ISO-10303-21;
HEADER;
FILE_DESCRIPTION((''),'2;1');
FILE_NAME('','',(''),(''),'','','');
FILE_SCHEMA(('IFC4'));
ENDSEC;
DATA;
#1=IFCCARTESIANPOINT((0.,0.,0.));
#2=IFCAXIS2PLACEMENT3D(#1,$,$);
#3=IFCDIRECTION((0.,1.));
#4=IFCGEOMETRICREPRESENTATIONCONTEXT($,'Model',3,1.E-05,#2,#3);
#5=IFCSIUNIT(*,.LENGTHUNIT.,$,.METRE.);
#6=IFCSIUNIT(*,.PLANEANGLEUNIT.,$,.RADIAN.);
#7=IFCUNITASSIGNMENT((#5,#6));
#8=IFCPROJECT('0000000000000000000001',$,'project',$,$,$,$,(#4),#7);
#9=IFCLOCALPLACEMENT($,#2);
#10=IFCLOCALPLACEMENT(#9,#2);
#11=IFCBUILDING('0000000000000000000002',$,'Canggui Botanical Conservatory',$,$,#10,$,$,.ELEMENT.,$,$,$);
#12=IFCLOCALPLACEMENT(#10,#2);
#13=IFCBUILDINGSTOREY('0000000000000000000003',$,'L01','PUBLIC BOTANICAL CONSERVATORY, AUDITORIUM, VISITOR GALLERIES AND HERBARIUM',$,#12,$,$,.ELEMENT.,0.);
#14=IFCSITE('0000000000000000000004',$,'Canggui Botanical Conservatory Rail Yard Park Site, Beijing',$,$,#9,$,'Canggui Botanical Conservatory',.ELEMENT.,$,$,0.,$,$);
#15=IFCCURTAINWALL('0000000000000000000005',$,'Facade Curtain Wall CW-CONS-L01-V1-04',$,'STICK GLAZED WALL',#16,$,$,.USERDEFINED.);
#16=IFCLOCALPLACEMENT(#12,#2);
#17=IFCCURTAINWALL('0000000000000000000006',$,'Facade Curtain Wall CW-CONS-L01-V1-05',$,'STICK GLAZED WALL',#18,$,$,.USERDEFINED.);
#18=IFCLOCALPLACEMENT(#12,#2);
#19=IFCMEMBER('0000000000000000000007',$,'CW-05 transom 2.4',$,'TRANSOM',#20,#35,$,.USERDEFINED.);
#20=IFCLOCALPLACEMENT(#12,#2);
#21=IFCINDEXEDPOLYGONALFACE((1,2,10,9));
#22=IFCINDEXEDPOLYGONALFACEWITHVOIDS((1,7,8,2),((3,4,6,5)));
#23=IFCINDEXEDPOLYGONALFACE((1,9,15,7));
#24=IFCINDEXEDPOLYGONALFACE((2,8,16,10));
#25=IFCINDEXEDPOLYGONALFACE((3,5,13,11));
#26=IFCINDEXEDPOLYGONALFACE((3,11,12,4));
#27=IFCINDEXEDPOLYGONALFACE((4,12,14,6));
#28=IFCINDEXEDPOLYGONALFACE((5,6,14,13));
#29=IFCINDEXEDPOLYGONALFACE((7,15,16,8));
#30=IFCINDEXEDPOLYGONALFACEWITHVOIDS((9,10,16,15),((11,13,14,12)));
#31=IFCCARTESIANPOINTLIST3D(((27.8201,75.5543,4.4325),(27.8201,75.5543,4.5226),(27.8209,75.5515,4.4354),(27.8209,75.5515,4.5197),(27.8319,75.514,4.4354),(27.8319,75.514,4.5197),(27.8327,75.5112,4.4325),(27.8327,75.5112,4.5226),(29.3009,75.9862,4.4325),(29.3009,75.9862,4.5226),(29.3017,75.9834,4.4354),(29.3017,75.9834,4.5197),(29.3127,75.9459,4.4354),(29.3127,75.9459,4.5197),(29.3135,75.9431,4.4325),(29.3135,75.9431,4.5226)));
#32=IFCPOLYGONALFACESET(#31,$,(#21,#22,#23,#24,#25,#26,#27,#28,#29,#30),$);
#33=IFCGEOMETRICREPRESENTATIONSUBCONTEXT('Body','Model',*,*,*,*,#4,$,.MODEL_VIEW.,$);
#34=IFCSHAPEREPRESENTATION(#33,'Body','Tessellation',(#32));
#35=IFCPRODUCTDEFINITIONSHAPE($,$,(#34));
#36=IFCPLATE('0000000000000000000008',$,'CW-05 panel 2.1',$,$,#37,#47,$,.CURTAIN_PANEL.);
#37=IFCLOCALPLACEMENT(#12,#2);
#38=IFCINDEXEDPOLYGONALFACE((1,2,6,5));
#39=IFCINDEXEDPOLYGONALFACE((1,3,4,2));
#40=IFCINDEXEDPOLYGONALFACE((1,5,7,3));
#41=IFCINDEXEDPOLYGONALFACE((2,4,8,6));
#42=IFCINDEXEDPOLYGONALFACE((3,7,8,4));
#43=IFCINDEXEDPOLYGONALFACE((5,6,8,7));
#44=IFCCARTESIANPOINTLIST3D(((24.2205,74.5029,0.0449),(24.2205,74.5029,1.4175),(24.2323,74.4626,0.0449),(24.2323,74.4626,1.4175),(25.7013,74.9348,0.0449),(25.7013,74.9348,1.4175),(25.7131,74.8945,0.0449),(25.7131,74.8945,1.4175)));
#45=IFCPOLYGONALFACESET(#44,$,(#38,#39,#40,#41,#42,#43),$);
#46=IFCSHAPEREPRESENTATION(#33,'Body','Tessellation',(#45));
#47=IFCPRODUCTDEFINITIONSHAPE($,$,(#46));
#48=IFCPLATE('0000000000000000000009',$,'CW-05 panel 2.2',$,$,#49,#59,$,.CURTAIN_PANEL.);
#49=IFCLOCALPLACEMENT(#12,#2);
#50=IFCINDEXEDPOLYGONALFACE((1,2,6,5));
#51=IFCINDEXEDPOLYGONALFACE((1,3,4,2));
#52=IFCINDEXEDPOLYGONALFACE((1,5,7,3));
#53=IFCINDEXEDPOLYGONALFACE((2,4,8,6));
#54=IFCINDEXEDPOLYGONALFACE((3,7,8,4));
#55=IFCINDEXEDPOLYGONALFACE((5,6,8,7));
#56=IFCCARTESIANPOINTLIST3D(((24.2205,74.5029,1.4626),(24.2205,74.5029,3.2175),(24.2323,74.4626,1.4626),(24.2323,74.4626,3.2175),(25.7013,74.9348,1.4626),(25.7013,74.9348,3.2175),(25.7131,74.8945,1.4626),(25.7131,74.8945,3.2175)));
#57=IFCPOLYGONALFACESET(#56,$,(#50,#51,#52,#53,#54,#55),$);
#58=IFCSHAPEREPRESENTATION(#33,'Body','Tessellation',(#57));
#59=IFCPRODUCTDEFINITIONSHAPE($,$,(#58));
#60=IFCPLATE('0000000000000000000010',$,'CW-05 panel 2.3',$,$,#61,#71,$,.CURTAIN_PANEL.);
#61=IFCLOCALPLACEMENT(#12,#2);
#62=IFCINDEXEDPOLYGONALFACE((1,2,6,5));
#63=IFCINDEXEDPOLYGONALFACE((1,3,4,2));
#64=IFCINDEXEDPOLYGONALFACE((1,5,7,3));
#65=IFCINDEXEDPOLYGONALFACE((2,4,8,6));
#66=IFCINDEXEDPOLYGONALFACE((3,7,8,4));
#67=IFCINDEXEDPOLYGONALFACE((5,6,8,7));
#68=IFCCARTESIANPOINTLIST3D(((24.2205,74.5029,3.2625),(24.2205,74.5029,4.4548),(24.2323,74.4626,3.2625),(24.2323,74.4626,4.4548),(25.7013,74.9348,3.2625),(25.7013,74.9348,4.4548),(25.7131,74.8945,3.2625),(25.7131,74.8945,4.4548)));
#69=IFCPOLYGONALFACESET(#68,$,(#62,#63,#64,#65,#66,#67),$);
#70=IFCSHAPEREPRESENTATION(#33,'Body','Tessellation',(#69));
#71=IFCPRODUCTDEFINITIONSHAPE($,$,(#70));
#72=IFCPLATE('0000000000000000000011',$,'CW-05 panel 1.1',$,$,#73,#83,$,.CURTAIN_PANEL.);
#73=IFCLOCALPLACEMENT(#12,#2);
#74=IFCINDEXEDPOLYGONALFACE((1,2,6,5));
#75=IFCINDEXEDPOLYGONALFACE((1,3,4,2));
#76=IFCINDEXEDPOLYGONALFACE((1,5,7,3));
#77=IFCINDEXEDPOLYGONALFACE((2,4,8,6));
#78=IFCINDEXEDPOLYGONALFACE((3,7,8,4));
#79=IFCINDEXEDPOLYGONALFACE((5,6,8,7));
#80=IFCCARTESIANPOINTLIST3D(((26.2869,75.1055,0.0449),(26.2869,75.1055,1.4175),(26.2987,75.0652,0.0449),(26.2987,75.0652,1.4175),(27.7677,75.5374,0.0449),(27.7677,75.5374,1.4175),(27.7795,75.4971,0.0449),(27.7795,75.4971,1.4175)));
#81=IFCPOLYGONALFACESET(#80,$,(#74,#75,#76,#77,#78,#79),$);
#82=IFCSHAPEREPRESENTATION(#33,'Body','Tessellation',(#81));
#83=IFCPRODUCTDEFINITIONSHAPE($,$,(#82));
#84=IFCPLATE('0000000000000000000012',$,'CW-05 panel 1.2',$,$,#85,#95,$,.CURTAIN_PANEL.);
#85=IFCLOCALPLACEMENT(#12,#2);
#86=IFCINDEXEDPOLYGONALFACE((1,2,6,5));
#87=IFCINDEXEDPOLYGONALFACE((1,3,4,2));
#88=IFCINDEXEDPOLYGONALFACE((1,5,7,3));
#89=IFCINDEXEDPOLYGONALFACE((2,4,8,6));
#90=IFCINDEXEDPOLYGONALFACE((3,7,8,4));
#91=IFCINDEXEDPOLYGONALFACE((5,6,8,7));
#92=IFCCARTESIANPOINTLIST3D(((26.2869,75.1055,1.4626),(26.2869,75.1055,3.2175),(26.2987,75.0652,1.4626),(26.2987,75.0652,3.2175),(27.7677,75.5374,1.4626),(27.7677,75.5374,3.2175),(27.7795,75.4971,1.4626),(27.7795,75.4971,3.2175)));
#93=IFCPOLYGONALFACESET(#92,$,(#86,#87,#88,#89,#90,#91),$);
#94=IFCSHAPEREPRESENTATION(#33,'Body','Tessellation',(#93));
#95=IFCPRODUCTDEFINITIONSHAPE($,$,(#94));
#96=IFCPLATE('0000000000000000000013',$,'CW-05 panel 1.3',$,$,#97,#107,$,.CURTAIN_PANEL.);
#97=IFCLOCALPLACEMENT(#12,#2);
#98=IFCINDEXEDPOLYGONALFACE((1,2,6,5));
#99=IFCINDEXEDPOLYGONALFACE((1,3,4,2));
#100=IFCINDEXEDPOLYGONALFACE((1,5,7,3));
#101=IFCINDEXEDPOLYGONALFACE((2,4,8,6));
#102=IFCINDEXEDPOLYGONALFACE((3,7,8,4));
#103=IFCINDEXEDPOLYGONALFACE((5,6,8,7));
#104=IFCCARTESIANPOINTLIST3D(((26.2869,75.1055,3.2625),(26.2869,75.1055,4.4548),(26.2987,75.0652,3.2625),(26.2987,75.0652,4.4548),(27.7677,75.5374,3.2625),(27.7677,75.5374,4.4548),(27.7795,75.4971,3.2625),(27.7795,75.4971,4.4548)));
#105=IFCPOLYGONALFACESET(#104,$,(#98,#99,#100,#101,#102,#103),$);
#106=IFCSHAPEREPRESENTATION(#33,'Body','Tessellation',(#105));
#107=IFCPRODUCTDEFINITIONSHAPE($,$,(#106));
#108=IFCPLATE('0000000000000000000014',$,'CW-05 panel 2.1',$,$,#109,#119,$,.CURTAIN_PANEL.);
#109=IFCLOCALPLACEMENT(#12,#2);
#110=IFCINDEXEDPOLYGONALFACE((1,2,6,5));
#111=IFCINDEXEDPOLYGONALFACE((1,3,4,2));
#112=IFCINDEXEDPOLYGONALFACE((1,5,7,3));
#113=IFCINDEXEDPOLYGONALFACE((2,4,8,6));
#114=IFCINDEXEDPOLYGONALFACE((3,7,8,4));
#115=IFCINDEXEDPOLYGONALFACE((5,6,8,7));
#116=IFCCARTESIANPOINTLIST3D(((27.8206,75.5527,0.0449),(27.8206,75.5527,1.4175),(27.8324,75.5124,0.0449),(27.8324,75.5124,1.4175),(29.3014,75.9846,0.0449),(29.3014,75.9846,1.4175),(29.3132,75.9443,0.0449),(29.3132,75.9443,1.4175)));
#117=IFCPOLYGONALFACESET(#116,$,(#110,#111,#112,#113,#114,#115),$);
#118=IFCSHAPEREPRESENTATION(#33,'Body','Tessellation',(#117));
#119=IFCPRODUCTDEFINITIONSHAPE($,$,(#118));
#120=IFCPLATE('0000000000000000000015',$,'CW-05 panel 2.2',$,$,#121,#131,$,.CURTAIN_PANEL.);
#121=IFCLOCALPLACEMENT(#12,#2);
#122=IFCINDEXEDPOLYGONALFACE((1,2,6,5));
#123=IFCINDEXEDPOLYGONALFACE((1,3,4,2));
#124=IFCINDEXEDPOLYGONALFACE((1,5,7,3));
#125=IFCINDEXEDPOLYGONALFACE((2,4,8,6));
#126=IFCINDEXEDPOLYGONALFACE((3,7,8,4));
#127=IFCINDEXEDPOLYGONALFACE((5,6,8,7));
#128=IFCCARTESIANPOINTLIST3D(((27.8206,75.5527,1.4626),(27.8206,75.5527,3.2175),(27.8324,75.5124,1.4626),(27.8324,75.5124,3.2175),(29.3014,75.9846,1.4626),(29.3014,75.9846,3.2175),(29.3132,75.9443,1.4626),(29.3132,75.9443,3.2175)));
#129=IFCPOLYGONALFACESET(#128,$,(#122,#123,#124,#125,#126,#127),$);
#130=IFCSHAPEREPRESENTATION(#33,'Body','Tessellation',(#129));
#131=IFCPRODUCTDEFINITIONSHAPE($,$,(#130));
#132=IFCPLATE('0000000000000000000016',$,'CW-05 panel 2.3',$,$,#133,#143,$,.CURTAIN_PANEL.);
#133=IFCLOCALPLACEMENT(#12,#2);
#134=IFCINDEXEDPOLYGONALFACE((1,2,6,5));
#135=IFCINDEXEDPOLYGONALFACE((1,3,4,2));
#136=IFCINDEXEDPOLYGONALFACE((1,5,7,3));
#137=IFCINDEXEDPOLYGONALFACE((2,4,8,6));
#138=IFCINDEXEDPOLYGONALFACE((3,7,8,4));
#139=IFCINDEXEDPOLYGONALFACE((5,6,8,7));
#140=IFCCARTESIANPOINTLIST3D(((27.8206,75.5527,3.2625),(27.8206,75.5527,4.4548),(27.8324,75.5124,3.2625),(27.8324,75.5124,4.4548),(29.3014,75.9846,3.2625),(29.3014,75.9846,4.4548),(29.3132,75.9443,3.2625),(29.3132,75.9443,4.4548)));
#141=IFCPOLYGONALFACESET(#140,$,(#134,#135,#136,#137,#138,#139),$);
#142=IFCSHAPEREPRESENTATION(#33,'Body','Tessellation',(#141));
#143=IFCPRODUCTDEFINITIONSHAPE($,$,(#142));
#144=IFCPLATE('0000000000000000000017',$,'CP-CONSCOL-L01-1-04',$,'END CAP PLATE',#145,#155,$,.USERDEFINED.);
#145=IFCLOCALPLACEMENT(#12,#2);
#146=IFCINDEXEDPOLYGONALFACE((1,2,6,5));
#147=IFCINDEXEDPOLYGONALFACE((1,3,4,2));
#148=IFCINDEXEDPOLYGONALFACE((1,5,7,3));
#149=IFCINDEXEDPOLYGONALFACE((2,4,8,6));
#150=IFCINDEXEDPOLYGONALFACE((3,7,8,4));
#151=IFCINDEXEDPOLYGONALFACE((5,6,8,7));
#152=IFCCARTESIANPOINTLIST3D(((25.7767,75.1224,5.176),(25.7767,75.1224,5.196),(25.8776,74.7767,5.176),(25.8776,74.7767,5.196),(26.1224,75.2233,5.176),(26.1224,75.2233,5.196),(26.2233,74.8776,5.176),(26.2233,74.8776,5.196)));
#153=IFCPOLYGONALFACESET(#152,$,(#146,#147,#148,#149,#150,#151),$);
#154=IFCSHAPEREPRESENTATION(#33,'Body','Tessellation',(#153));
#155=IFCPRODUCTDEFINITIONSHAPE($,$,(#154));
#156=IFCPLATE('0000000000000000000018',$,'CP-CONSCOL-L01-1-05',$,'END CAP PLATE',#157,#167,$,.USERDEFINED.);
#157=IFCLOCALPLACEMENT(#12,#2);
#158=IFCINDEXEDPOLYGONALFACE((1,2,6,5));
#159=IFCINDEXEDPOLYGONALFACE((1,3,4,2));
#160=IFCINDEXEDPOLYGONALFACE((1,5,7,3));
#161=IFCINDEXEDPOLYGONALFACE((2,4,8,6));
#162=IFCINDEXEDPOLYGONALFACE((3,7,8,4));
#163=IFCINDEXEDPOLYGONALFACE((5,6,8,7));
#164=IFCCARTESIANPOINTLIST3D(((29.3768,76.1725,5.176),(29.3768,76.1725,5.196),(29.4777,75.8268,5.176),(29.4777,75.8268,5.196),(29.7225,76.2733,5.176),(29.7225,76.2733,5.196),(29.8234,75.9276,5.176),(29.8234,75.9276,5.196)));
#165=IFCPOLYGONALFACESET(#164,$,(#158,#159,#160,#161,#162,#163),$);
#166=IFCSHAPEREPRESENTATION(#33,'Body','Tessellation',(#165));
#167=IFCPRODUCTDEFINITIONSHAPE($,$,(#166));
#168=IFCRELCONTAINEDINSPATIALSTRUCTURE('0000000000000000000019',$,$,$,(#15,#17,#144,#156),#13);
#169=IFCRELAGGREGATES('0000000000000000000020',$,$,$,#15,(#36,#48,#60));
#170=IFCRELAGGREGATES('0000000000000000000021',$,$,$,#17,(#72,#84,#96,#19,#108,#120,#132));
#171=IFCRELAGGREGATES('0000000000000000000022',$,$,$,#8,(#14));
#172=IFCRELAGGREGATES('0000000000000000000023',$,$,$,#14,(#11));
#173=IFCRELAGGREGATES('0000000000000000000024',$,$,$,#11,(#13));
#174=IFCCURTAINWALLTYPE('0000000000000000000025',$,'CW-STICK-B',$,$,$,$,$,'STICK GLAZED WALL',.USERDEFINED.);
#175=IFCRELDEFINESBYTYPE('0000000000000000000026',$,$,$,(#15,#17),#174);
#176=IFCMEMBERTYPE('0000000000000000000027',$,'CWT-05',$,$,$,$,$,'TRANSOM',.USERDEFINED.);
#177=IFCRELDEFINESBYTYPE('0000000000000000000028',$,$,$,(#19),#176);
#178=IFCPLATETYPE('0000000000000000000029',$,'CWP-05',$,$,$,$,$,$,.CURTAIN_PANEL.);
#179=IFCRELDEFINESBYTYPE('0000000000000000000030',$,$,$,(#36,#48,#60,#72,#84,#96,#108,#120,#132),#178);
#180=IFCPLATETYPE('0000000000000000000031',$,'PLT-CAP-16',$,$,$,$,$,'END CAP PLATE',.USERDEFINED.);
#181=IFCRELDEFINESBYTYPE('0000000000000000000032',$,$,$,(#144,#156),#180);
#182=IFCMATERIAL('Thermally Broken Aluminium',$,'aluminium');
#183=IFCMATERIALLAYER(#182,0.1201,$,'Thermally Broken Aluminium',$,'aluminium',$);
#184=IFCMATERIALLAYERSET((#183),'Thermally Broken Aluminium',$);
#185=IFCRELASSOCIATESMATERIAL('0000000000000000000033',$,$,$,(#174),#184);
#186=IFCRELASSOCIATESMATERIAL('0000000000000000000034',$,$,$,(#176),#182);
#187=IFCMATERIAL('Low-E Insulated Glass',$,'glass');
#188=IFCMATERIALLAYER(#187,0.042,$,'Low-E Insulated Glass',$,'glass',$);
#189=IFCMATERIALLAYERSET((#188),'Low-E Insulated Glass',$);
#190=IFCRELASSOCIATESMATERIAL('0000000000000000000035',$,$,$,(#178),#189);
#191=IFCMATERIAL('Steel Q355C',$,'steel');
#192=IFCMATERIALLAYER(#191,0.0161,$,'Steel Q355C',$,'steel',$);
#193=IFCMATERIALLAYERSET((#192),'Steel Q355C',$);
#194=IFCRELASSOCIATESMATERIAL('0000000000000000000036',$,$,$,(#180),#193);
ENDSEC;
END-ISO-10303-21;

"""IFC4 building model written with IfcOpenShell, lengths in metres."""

from ifc_helpers import new_model, si_unit, direction, frame, origin, origin_2d, place, context, subcontext, project, spatial, rectangle, hollow_rectangle, extrude, material, layer, layer_set, material_profile, profile_set, type_object, element, aggregate, save


model = new_model("IFC4")

# Units and contexts
model_context = context("Model", 3, precision=1e-05, world=origin(), true_north=direction((0.0, 1.0)))
body_context = subcontext(model_context, "Body", "Model", "MODEL_VIEW")
ifc_project = project(units=[si_unit("LENGTHUNIT", "METRE"), si_unit("PLANEANGLEUNIT", "RADIAN")], contexts=[model_context])

# Site, building, storey
site_placement = place(None, origin())
site = spatial("IfcSite", under=ifc_project, at=site_placement, Name="Canggui Botanical Conservatory Rail Yard Park Site, Beijing", LongName="Canggui Botanical Conservatory", CompositionType="ELEMENT", RefElevation=0.0)
building_placement = place(site_placement, origin())
building = spatial("IfcBuilding", under=site, at=building_placement, Name="Canggui Botanical Conservatory", CompositionType="ELEMENT")
storey_placement = place(building_placement, origin())
storey = spatial("IfcBuildingStorey", under=building, at=storey_placement, Name="L01", Description="PUBLIC BOTANICAL CONSERVATORY, AUDITORIUM, VISITOR GALLERIES AND HERBARIUM", CompositionType="ELEMENT", Elevation=0.0)

# Shared definitions
ifc_material_1 = material(Name="Steel Q355C", Category="steel")

# Curtain walls
ifc_material_2 = material(Name="Thermally Broken Aluminium", Category="aluminium")
ifc_layer_1 = layer(ifc_material_2, 0.1201, Name="Thermally Broken Aluminium", Category="aluminium")
ifc_layer_set_1 = layer_set([ifc_layer_1], Name="Thermally Broken Aluminium")
curtain_wall_type = type_object("IfcCurtainWallType", Name="CW-STICK-B", ElementType="STICK GLAZED WALL", PredefinedType="USERDEFINED", material=ifc_layer_set_1)
curtain_wall_1_placement = place(storey_placement, origin())
curtain_wall_1 = element("IfcCurtainWall", 1, at=curtain_wall_1_placement, inside=storey, type_object=curtain_wall_type, Name="Facade Curtain Wall CW-CONS-L01-V1-04", ObjectType="STICK GLAZED WALL", PredefinedType="USERDEFINED")
curtain_wall_2_placement = place(storey_placement, origin())
curtain_wall_2 = element("IfcCurtainWall", 2, at=curtain_wall_2_placement, inside=storey, type_object=curtain_wall_type, Name="Facade Curtain Wall CW-CONS-L01-V1-05", ObjectType="STICK GLAZED WALL", PredefinedType="USERDEFINED")

# Member
ifc_material_profile_1 = material_profile(ifc_material_2, hollow_rectangle(XDim=0.0449, YDim=0.0901, WallThickness=0.0029, at=origin_2d()), Name="CWT 45x90x3")
ifc_profile_set_1 = profile_set([ifc_material_profile_1], Name="Thermally Broken Aluminium")
member_type_1 = type_object("IfcMemberType", Name="CWT-05", ElementType="TRANSOM", PredefinedType="USERDEFINED", material=ifc_profile_set_1)
member_1_placement = place(storey_placement, frame((27.8264, 75.5327, 4.4775), z_axis=(0.959998, 0.280006, 0.0), x_axis=(-0.280006, 0.959998, 0.0)))
member_1 = element("IfcMember", 3, at=member_1_placement, type_object=member_type_1, Name="CW-05 transom 2.4", ObjectType="TRANSOM", PredefinedType="USERDEFINED", context=body_context, shape_type="SweptSolid", body=[
    extrude(hollow_rectangle(XDim=0.0449, YDim=0.0901, WallThickness=0.0029, at=origin_2d()), origin(), (0.0, 0.0, 1.0), 1.5425),
])

# Plates
ifc_material_3 = material(Name="Low-E Insulated Glass", Category="glass")
ifc_layer_2 = layer(ifc_material_3, 0.042, Name="Low-E Insulated Glass", Category="glass")
ifc_layer_set_2 = layer_set([ifc_layer_2], Name="Low-E Insulated Glass")
plate_type_1 = type_object("IfcPlateType", Name="CWP-05", PredefinedType="CURTAIN_PANEL", material=ifc_layer_set_2)
plate_1_placement = place(storey_placement, frame((24.9668, 74.6987, 0.0449), z_axis=(0.0, 0.0, 1.0), x_axis=(0.96, 0.28, 0.0)))
plate_1 = element("IfcPlate", 4, at=plate_1_placement, type_object=plate_type_1, Name="CW-05 panel 2.1", PredefinedType="CURTAIN_PANEL", context=body_context, shape_type="SweptSolid", body=[
    extrude(rectangle(XDim=1.5425, YDim=0.042, at=origin_2d()), origin(), (0.0, 0.0, 1.0), 1.3726),
])
plate_2_placement = place(storey_placement, frame((24.9668, 74.6987, 1.4626), z_axis=(0.0, 0.0, 1.0), x_axis=(0.96, 0.28, 0.0)))
plate_2 = element("IfcPlate", 5, at=plate_2_placement, type_object=plate_type_1, Name="CW-05 panel 2.2", PredefinedType="CURTAIN_PANEL", context=body_context, shape_type="SweptSolid", body=[
    extrude(rectangle(XDim=1.5425, YDim=0.042, at=origin_2d()), origin(), (0.0, 0.0, 1.0), 1.7549),
])
plate_3_placement = place(storey_placement, frame((24.9668, 74.6987, 3.2625), z_axis=(0.0, 0.0, 1.0), x_axis=(0.96, 0.28, 0.0)))
plate_3 = element("IfcPlate", 6, at=plate_3_placement, type_object=plate_type_1, Name="CW-05 panel 2.3", PredefinedType="CURTAIN_PANEL", context=body_context, shape_type="SweptSolid", body=[
    extrude(rectangle(XDim=1.5425, YDim=0.042, at=origin_2d()), origin(), (0.0, 0.0, 1.0), 1.1924),
])
aggregate(curtain_wall_1, [plate_1, plate_2, plate_3])
plate_4_placement = place(storey_placement, frame((27.0332, 75.3013, 0.0449), z_axis=(0.0, 0.0, 1.0), x_axis=(0.96, 0.28, 0.0)))
plate_4 = element("IfcPlate", 7, at=plate_4_placement, type_object=plate_type_1, Name="CW-05 panel 1.1", PredefinedType="CURTAIN_PANEL", context=body_context, shape_type="SweptSolid", body=[
    extrude(rectangle(XDim=1.5425, YDim=0.042, at=origin_2d()), origin(), (0.0, 0.0, 1.0), 1.3726),
])
plate_5_placement = place(storey_placement, frame((27.0332, 75.3013, 1.4626), z_axis=(0.0, 0.0, 1.0), x_axis=(0.96, 0.28, 0.0)))
plate_5 = element("IfcPlate", 8, at=plate_5_placement, type_object=plate_type_1, Name="CW-05 panel 1.2", PredefinedType="CURTAIN_PANEL", context=body_context, shape_type="SweptSolid", body=[
    extrude(rectangle(XDim=1.5425, YDim=0.042, at=origin_2d()), origin(), (0.0, 0.0, 1.0), 1.7549),
])
plate_6_placement = place(storey_placement, frame((27.0332, 75.3013, 3.2625), z_axis=(0.0, 0.0, 1.0), x_axis=(0.96, 0.28, 0.0)))
plate_6 = element("IfcPlate", 9, at=plate_6_placement, type_object=plate_type_1, Name="CW-05 panel 1.3", PredefinedType="CURTAIN_PANEL", context=body_context, shape_type="SweptSolid", body=[
    extrude(rectangle(XDim=1.5425, YDim=0.042, at=origin_2d()), origin(), (0.0, 0.0, 1.0), 1.1924),
])
plate_7_placement = place(storey_placement, frame((28.5669, 75.7485, 0.0449), z_axis=(0.0, 0.0, 1.0), x_axis=(0.96, 0.28, 0.0)))
plate_7 = element("IfcPlate", 10, at=plate_7_placement, type_object=plate_type_1, Name="CW-05 panel 2.1", PredefinedType="CURTAIN_PANEL", context=body_context, shape_type="SweptSolid", body=[
    extrude(rectangle(XDim=1.5425, YDim=0.042, at=origin_2d()), origin(), (0.0, 0.0, 1.0), 1.3726),
])
plate_8_placement = place(storey_placement, frame((28.5669, 75.7485, 1.4626), z_axis=(0.0, 0.0, 1.0), x_axis=(0.96, 0.28, 0.0)))
plate_8 = element("IfcPlate", 11, at=plate_8_placement, type_object=plate_type_1, Name="CW-05 panel 2.2", PredefinedType="CURTAIN_PANEL", context=body_context, shape_type="SweptSolid", body=[
    extrude(rectangle(XDim=1.5425, YDim=0.042, at=origin_2d()), origin(), (0.0, 0.0, 1.0), 1.7549),
])
plate_9_placement = place(storey_placement, frame((28.5669, 75.7485, 3.2625), z_axis=(0.0, 0.0, 1.0), x_axis=(0.96, 0.28, 0.0)))
plate_9 = element("IfcPlate", 12, at=plate_9_placement, type_object=plate_type_1, Name="CW-05 panel 2.3", PredefinedType="CURTAIN_PANEL", context=body_context, shape_type="SweptSolid", body=[
    extrude(rectangle(XDim=1.5425, YDim=0.042, at=origin_2d()), origin(), (0.0, 0.0, 1.0), 1.1924),
])
aggregate(curtain_wall_2, [plate_4, plate_5, plate_6, member_1, plate_7, plate_8, plate_9])

# Plates
ifc_layer_3 = layer(ifc_material_1, 0.0161, Name="Steel Q355C", Category="steel")
ifc_layer_set_3 = layer_set([ifc_layer_3], Name="Steel Q355C")
plate_type_2 = type_object("IfcPlateType", Name="PLT-CAP-16", ElementType="END CAP PLATE", PredefinedType="USERDEFINED", material=ifc_layer_set_3)
for number, where, z_axis, x_axis, name in (
    (13, (26.0, 75.0, 5.176), (0.0, 0.0, 1.0), (0.96, 0.28, 0.0), "CP-CONSCOL-L01-1-04"),
    (14, (29.6001, 76.05, 5.176), (0.0, 0.0, 1.0), (0.96, 0.28, 0.0), "CP-CONSCOL-L01-1-05"),
):
    element("IfcPlate", number, at=place(storey_placement, frame(where, z_axis=z_axis, x_axis=x_axis)), inside=storey, type_object=plate_type_2, Name=name, ObjectType="END CAP PLATE", PredefinedType="USERDEFINED", context=body_context, shape_type="SweptSolid", body=[
        extrude(rectangle(XDim=0.3601, YDim=0.3601, at=origin_2d()), origin(), (0.0, 0.0, 1.0), 0.02),
    ])

save(model, "model.ifc")
